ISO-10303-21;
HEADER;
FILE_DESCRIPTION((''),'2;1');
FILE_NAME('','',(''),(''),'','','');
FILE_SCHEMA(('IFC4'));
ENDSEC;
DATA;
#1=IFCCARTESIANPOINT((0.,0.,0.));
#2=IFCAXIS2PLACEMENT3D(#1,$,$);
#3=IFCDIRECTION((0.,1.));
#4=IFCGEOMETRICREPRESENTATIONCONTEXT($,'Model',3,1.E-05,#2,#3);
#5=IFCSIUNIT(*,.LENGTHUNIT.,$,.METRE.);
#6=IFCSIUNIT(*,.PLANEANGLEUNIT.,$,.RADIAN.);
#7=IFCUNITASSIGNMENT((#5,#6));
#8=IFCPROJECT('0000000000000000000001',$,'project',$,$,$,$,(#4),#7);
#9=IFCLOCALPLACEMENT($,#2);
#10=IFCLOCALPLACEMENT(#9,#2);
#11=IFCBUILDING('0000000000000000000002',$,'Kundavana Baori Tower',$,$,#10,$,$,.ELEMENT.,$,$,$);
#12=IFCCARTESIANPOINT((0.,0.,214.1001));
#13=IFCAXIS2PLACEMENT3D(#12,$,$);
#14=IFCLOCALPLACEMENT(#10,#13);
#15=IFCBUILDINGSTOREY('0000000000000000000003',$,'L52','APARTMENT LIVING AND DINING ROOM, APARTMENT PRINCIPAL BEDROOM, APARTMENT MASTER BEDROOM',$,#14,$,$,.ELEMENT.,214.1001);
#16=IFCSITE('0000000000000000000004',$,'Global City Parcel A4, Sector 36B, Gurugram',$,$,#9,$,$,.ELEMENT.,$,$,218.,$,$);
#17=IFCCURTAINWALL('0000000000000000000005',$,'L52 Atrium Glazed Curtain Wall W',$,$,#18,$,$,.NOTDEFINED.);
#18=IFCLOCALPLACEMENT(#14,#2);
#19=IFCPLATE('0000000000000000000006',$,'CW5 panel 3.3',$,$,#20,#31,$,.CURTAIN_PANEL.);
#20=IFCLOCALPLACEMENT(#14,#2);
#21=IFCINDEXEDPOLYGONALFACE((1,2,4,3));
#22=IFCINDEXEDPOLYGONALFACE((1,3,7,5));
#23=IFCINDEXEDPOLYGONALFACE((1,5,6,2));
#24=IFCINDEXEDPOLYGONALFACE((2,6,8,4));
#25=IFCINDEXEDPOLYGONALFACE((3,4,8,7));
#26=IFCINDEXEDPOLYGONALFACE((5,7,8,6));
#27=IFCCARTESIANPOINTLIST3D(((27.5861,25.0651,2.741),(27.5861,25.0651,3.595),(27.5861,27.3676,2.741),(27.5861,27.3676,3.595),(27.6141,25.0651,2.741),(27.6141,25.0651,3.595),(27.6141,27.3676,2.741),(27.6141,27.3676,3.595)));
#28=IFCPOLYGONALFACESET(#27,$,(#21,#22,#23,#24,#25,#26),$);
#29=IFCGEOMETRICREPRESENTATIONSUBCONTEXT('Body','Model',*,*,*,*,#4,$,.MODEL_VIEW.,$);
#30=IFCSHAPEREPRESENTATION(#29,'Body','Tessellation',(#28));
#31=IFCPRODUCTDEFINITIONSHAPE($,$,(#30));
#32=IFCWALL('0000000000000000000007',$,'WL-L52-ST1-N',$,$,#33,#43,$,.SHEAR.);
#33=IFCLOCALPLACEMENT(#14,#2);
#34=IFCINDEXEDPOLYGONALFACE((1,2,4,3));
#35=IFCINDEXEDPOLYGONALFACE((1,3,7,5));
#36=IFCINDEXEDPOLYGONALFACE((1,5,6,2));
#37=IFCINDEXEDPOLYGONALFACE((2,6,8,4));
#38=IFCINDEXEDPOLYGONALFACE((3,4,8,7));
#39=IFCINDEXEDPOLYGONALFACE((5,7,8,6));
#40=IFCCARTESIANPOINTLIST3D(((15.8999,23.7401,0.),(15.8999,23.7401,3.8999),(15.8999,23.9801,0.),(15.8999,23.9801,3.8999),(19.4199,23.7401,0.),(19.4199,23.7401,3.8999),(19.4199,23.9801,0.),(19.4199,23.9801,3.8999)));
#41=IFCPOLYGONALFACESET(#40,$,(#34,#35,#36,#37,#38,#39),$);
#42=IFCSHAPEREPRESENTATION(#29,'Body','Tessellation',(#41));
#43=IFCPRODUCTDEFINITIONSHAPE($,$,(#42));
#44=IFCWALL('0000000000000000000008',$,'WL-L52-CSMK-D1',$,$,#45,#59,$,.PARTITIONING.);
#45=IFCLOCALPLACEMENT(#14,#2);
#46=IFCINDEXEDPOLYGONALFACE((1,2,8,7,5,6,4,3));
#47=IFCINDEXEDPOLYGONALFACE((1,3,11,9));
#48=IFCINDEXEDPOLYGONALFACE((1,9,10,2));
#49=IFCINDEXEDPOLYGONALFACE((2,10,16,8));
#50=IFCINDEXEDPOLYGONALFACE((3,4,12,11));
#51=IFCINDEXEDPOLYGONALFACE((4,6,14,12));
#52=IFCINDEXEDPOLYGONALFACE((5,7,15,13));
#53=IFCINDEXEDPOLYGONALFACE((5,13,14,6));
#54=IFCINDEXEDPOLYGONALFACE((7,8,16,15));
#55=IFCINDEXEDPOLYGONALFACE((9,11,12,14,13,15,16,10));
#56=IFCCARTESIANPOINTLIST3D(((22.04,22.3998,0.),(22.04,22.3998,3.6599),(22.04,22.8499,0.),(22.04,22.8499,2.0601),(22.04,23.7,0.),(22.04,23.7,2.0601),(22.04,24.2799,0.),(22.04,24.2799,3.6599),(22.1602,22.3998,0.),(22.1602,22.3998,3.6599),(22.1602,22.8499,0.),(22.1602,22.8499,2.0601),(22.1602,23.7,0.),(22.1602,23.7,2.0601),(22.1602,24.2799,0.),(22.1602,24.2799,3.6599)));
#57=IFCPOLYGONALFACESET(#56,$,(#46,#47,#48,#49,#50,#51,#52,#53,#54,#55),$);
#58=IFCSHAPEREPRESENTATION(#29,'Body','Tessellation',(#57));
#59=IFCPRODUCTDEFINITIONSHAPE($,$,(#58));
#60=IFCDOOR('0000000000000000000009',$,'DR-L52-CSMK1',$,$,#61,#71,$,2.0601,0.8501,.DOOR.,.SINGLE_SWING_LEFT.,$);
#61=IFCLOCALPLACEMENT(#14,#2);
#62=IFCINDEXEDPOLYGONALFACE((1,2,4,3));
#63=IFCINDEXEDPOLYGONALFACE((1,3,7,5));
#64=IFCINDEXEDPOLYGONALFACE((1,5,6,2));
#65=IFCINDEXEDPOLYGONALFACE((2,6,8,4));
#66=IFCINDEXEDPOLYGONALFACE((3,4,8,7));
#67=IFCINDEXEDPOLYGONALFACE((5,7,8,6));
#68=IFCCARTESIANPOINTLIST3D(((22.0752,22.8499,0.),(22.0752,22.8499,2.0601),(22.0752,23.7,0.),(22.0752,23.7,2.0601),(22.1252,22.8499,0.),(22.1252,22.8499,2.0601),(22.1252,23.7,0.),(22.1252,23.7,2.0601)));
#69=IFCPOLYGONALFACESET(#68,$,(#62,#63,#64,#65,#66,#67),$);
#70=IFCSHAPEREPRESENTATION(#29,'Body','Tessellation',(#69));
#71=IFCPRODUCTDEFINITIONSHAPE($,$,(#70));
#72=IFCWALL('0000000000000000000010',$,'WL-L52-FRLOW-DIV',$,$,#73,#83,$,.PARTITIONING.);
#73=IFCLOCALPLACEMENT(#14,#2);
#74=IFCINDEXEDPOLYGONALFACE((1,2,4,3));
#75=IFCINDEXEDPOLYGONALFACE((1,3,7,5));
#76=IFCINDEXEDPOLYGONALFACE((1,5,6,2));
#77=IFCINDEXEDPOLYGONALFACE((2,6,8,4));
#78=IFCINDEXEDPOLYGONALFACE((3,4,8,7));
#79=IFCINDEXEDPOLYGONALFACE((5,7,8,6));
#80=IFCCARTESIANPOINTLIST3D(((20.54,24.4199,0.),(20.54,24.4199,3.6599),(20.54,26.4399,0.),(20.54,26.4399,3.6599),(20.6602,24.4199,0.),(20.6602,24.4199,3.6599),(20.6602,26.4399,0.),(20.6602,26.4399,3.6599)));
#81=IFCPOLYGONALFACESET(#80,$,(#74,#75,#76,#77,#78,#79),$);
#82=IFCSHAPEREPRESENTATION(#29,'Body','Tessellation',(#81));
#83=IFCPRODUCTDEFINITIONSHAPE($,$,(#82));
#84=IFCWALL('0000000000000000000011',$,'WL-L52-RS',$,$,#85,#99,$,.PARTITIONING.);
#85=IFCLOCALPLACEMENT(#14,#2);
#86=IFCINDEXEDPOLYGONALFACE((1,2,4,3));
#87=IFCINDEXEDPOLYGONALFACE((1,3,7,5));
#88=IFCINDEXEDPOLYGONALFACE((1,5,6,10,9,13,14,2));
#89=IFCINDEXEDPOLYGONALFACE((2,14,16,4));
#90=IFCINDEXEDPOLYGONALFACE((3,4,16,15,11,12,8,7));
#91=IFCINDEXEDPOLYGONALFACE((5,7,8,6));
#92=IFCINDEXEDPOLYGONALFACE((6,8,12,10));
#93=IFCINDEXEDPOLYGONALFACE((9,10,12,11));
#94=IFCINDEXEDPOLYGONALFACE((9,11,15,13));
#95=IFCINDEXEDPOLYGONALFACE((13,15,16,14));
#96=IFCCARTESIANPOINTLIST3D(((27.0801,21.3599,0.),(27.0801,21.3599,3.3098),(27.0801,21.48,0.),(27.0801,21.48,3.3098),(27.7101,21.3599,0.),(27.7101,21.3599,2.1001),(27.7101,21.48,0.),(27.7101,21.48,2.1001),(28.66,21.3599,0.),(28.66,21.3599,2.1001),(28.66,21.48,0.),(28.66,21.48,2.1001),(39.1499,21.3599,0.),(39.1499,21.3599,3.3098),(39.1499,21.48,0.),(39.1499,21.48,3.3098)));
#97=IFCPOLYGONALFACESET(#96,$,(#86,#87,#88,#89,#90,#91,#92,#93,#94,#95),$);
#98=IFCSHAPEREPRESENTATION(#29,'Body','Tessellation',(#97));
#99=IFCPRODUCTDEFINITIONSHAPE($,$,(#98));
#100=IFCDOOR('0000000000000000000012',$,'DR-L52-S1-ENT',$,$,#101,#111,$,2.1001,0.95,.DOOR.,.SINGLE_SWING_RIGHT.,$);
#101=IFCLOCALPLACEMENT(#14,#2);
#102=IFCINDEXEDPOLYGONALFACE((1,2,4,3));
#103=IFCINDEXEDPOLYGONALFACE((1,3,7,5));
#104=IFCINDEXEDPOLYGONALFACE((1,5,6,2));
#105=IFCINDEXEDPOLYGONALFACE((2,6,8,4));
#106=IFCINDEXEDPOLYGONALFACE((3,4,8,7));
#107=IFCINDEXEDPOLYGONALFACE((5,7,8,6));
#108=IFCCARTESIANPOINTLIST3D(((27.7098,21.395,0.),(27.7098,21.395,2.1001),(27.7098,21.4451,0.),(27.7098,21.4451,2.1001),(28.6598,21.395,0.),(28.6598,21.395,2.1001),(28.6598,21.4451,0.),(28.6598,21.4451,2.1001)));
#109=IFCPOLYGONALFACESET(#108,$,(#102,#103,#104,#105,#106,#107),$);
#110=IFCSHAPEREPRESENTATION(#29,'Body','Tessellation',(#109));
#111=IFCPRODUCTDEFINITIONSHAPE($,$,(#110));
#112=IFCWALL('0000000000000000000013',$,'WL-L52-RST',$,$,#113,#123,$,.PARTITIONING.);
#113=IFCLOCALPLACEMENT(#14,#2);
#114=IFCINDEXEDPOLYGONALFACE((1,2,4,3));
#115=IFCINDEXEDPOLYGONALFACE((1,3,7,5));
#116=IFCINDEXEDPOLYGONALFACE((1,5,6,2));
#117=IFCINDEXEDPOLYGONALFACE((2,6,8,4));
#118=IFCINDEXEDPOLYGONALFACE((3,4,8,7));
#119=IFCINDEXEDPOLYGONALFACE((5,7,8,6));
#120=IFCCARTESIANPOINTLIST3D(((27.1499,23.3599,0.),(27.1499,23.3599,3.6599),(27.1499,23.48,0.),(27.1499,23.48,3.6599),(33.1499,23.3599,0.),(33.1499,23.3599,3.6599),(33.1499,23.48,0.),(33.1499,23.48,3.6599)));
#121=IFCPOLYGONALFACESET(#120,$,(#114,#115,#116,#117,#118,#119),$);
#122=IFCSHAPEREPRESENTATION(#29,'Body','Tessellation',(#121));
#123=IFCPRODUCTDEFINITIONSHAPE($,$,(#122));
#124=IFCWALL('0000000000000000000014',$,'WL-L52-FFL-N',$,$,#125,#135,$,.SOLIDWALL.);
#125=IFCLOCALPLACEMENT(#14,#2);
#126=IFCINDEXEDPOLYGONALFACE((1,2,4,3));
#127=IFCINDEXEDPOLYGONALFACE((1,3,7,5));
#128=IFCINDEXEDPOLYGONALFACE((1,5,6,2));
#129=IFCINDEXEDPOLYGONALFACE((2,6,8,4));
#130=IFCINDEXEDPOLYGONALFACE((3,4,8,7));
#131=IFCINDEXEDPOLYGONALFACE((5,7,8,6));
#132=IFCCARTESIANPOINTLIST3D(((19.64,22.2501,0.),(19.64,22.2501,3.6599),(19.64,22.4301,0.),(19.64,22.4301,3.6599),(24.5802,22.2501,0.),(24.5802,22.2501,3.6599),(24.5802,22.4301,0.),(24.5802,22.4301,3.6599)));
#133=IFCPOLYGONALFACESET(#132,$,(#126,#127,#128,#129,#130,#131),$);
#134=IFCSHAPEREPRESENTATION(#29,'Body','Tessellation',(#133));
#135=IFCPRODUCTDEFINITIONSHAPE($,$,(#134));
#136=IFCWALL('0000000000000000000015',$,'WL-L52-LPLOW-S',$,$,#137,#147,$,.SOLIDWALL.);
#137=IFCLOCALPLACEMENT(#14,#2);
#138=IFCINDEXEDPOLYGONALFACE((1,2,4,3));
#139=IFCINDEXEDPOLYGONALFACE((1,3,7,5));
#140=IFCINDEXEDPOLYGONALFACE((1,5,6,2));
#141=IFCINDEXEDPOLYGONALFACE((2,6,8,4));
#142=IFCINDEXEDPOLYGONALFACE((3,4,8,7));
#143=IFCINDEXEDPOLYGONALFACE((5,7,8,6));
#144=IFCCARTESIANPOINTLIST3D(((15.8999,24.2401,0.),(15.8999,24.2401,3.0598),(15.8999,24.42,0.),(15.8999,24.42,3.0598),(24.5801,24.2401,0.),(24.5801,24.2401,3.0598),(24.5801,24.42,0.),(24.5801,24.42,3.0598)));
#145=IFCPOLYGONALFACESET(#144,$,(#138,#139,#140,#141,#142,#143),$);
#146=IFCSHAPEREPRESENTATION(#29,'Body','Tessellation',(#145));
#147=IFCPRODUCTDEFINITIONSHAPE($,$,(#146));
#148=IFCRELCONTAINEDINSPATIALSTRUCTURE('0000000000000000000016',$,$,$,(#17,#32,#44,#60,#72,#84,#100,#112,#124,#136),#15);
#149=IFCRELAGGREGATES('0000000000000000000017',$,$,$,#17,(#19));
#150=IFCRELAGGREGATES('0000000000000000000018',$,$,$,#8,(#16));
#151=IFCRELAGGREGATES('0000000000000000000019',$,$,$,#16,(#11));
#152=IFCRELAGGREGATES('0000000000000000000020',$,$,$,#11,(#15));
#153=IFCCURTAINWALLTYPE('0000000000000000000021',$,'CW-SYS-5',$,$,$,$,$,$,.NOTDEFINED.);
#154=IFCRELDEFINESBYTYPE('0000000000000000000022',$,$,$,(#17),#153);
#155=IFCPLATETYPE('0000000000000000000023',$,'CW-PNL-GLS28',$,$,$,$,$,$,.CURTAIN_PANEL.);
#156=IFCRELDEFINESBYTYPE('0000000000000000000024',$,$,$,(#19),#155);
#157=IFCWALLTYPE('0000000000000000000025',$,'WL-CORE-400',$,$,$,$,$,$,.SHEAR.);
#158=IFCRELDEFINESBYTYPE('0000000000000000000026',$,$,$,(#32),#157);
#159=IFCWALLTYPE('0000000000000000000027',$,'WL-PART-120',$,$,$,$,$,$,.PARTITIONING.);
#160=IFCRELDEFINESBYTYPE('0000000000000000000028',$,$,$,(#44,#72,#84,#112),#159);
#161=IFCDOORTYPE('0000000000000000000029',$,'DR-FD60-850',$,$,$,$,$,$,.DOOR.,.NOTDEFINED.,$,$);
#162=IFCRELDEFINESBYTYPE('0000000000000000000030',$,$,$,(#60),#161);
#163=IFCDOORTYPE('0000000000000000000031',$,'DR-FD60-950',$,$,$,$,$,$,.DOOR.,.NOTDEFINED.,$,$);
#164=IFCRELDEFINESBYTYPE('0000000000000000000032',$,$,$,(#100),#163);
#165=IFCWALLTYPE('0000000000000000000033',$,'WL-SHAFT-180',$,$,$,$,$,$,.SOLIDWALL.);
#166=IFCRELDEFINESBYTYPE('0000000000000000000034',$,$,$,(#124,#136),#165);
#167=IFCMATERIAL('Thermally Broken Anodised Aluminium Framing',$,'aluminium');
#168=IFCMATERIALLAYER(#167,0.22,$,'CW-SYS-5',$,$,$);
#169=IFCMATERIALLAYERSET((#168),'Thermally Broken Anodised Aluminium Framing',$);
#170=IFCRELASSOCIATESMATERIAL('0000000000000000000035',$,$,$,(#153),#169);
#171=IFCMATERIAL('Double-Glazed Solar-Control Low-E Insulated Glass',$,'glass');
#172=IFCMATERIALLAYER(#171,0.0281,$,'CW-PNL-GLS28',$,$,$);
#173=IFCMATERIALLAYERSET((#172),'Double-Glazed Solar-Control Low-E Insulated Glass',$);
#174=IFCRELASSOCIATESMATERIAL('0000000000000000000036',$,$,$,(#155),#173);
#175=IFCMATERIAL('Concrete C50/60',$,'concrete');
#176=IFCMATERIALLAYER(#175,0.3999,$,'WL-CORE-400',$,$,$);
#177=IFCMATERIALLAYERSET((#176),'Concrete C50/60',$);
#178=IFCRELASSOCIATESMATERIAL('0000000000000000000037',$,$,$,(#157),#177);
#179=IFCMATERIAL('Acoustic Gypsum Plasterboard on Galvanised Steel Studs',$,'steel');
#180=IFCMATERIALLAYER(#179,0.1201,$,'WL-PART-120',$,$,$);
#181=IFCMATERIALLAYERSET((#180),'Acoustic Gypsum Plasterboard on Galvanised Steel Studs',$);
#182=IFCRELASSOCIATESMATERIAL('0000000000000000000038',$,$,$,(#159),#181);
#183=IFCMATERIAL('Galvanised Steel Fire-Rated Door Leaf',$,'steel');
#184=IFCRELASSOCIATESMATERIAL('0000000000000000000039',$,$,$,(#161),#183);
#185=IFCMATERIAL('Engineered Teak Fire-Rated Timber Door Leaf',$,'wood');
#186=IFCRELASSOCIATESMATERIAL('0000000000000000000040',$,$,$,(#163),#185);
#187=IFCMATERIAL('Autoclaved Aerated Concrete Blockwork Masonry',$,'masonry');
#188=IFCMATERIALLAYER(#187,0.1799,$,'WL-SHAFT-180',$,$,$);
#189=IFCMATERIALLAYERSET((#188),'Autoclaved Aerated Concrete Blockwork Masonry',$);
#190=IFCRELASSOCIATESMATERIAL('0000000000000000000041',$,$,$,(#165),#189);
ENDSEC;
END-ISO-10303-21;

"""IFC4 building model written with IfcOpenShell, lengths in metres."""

from ifc_helpers import new_model, si_unit, direction, frame, frame_2d, origin, origin_2d, place, context, subcontext, project, spatial, rectangle, extrude, material, layer, layer_set, type_object, element, fill, aggregate, save


model = new_model("IFC4")

# Units and contexts
model_context = context("Model", 3, precision=1e-05, world=origin(), true_north=direction((0.0, 1.0)))
body_context = subcontext(model_context, "Body", "Model", "MODEL_VIEW")
ifc_project = project(units=[si_unit("LENGTHUNIT", "METRE"), si_unit("PLANEANGLEUNIT", "RADIAN")], contexts=[model_context])

# Site, building, storey
site_placement = place(None, origin())
site = spatial("IfcSite", under=ifc_project, at=site_placement, Name="Global City Parcel A4, Sector 36B, Gurugram", CompositionType="ELEMENT", RefElevation=218.0)
building_placement = place(site_placement, origin())
building = spatial("IfcBuilding", under=site, at=building_placement, Name="Kundavana Baori Tower", CompositionType="ELEMENT")
storey_placement = place(building_placement, frame((0.0, 0.0, 214.1001)))
storey = spatial("IfcBuildingStorey", under=building, at=storey_placement, Name="L52", Description="APARTMENT LIVING AND DINING ROOM, APARTMENT PRINCIPAL BEDROOM, APARTMENT MASTER BEDROOM", CompositionType="ELEMENT", Elevation=214.1001)

# Curtain wall, plate
ifc_material_1 = material(Name="Thermally Broken Anodised Aluminium Framing", Category="aluminium")
ifc_layer_1 = layer(ifc_material_1, 0.22, Name="CW-SYS-5")
ifc_layer_set_1 = layer_set([ifc_layer_1], Name="Thermally Broken Anodised Aluminium Framing")
curtain_wall_type = type_object("IfcCurtainWallType", Name="CW-SYS-5", PredefinedType="NOTDEFINED", material=ifc_layer_set_1)
curtain_wall_placement = place(storey_placement, origin())
curtain_wall = element("IfcCurtainWall", 1, at=curtain_wall_placement, inside=storey, type_object=curtain_wall_type, Name="L52 Atrium Glazed Curtain Wall W", PredefinedType="NOTDEFINED")
ifc_material_2 = material(Name="Double-Glazed Solar-Control Low-E Insulated Glass", Category="glass")
ifc_layer_2 = layer(ifc_material_2, 0.0281, Name="CW-PNL-GLS28")
ifc_layer_set_2 = layer_set([ifc_layer_2], Name="Double-Glazed Solar-Control Low-E Insulated Glass")
plate_type = type_object("IfcPlateType", Name="CW-PNL-GLS28", PredefinedType="CURTAIN_PANEL", material=ifc_layer_set_2)
plate_1_placement = place(storey_placement, frame((27.6001, 26.2163, 2.741), z_axis=(0.0, 0.0, 1.0), x_axis=(0.0, -1.0, 0.0)))
plate_1 = element("IfcPlate", 2, at=plate_1_placement, type_object=plate_type, Name="CW5 panel 3.3", PredefinedType="CURTAIN_PANEL", context=body_context, shape_type="SweptSolid", body=[
    extrude(rectangle(XDim=2.3025, YDim=0.0281, at=origin_2d()), origin(), (0.0, 0.0, 1.0), 0.854),
])
aggregate(curtain_wall, [plate_1])

# Wall
ifc_material_3 = material(Name="Concrete C50/60", Category="concrete")
ifc_layer_3 = layer(ifc_material_3, 0.3999, Name="WL-CORE-400")
ifc_layer_set_3 = layer_set([ifc_layer_3], Name="Concrete C50/60")
wall_type_1 = type_object("IfcWallType", Name="WL-CORE-400", PredefinedType="SHEAR", material=ifc_layer_set_3)
wall_1_placement = place(storey_placement, frame((15.8999, 23.8601, 0.0), z_axis=(0.0, 0.0, 1.0), x_axis=(1.0, 0.0, 0.0)))
element("IfcWall", 3, at=wall_1_placement, inside=storey, type_object=wall_type_1, Name="WL-L52-ST1-N", PredefinedType="SHEAR", context=body_context, shape_type="SweptSolid", body=[
    extrude(rectangle(XDim=3.52, YDim=0.24, at=frame_2d((1.76, 0.0))), origin(), (0.0, 0.0, 1.0), 3.8999),
])

# Wall, opening, door
ifc_material_4 = material(Name="Acoustic Gypsum Plasterboard on Galvanised Steel Studs", Category="steel")
ifc_layer_4 = layer(ifc_material_4, 0.1201, Name="WL-PART-120")
ifc_layer_set_4 = layer_set([ifc_layer_4], Name="Acoustic Gypsum Plasterboard on Galvanised Steel Studs")
wall_type_2 = type_object("IfcWallType", Name="WL-PART-120", PredefinedType="PARTITIONING", material=ifc_layer_set_4)
wall_2_placement = place(storey_placement, frame((22.1001, 22.3999, 0.0), z_axis=(0.0, 0.0, 1.0), x_axis=(0.0, 1.0, 0.0)))
wall_2 = element("IfcWall", 4, at=wall_2_placement, inside=storey, type_object=wall_type_2, Name="WL-L52-CSMK-D1", PredefinedType="PARTITIONING", context=body_context, shape_type="SweptSolid", body=[
    extrude(rectangle(XDim=1.8801, YDim=0.1201, at=frame_2d((0.9399, 0.0))), origin(), (0.0, 0.0, 1.0), 3.6599),
])
opening_1_placement = place(wall_2_placement, frame((0.45, 0.0, 0.0)))
opening_1 = element("IfcOpeningElement", 5, at=opening_1_placement, cuts=wall_2, PredefinedType="OPENING", context=body_context, shape_type="SweptSolid", body=[
    extrude(rectangle(XDim=0.8501, YDim=2.0601, at=frame_2d((0.425, 1.03))), frame((0.0, 0.0701, 0.0), z_axis=(0.0, -1.0, 0.0), x_axis=(1.0, 0.0, 0.0)), (0.0, 0.0, 1.0), 0.1401),
])
ifc_material_5 = material(Name="Galvanised Steel Fire-Rated Door Leaf", Category="steel")
door_type_1 = type_object("IfcDoorType", Name="DR-FD60-850", OperationType="NOTDEFINED", PredefinedType="DOOR", material=ifc_material_5)
door_1_placement = place(opening_1_placement, origin())
door_1 = element("IfcDoor", 6, at=door_1_placement, inside=storey, type_object=door_type_1, Name="DR-L52-CSMK1", OperationType="SINGLE_SWING_LEFT", OverallHeight=2.0601, OverallWidth=0.8501, PredefinedType="DOOR", context=body_context, shape_type="SweptSolid", body=[
    extrude(rectangle(XDim=0.8501, YDim=2.0601, at=frame_2d((0.425, 1.03))), frame((0.0, 0.0249, 0.0), z_axis=(0.0, -1.0, 0.0), x_axis=(1.0, 0.0, 0.0)), (0.0, 0.0, 1.0), 0.05),
])
fill(opening_1, door_1)

# Wall
wall_3_placement = place(storey_placement, frame((20.6001, 24.4199, 0.0), z_axis=(0.0, 0.0, 1.0), x_axis=(0.0, 1.0, 0.0)))
element("IfcWall", 7, at=wall_3_placement, inside=storey, type_object=wall_type_2, Name="WL-L52-FRLOW-DIV", PredefinedType="PARTITIONING", context=body_context, shape_type="SweptSolid", body=[
    extrude(rectangle(XDim=2.02, YDim=0.1201, at=frame_2d((1.01, 0.0))), origin(), (0.0, 0.0, 1.0), 3.6599),
])

# Wall, opening, door
wall_4_placement = place(storey_placement, frame((27.0801, 21.4199, 0.0), z_axis=(0.0, 0.0, 1.0), x_axis=(1.0, 0.0, 0.0)))
wall_4 = element("IfcWall", 8, at=wall_4_placement, inside=storey, type_object=wall_type_2, Name="WL-L52-RS", PredefinedType="PARTITIONING", context=body_context, shape_type="SweptSolid", body=[
    extrude(rectangle(XDim=12.0698, YDim=0.1201, at=frame_2d((6.0349, 0.0))), origin(), (0.0, 0.0, 1.0), 3.3098),
])
opening_2_placement = place(wall_4_placement, frame((0.6299, 0.0, 0.0)))
opening_2 = element("IfcOpeningElement", 9, at=opening_2_placement, cuts=wall_4, PredefinedType="OPENING", context=body_context, shape_type="SweptSolid", body=[
    extrude(rectangle(XDim=0.95, YDim=2.1001, at=frame_2d((0.4751, 1.05))), frame((0.0, 0.0701, 0.0), z_axis=(0.0, -1.0, 0.0), x_axis=(1.0, 0.0, 0.0)), (0.0, 0.0, 1.0), 0.1401),
])
ifc_material_6 = material(Name="Engineered Teak Fire-Rated Timber Door Leaf", Category="wood")
door_type_2 = type_object("IfcDoorType", Name="DR-FD60-950", OperationType="NOTDEFINED", PredefinedType="DOOR", material=ifc_material_6)
door_2_placement = place(opening_2_placement, frame((0.95, 0.0, 0.0), z_axis=(0.0, 0.0, 1.0), x_axis=(-1.0, 0.0, 0.0)))
door_2 = element("IfcDoor", 10, at=door_2_placement, inside=storey, type_object=door_type_2, Name="DR-L52-S1-ENT", OperationType="SINGLE_SWING_RIGHT", OverallHeight=2.1001, OverallWidth=0.95, PredefinedType="DOOR", context=body_context, shape_type="SweptSolid", body=[
    extrude(rectangle(XDim=0.95, YDim=2.1001, at=frame_2d((0.4751, 1.05))), frame((0.0, 0.0249, 0.0), z_axis=(0.0, -1.0, 0.0), x_axis=(1.0, 0.0, 0.0)), (0.0, 0.0, 1.0), 0.05),
])
fill(opening_2, door_2)

# Walls
wall_5_placement = place(storey_placement, frame((27.1499, 23.4199, 0.0), z_axis=(0.0, 0.0, 1.0), x_axis=(1.0, 0.0, 0.0)))
element("IfcWall", 11, at=wall_5_placement, inside=storey, type_object=wall_type_2, Name="WL-L52-RST", PredefinedType="PARTITIONING", context=body_context, shape_type="SweptSolid", body=[
    extrude(rectangle(XDim=6.0, YDim=0.1201, at=frame_2d((3.0, 0.0))), origin(), (0.0, 0.0, 1.0), 3.6599),
])
ifc_material_7 = material(Name="Autoclaved Aerated Concrete Blockwork Masonry", Category="masonry")
ifc_layer_5 = layer(ifc_material_7, 0.1799, Name="WL-SHAFT-180")
ifc_layer_set_5 = layer_set([ifc_layer_5], Name="Autoclaved Aerated Concrete Blockwork Masonry")
wall_type_3 = type_object("IfcWallType", Name="WL-SHAFT-180", PredefinedType="SOLIDWALL", material=ifc_layer_set_5)
wall_6_placement = place(storey_placement, frame((19.6399, 22.3401, 0.0), z_axis=(0.0, 0.0, 1.0), x_axis=(1.0, 0.0, 0.0)))
element("IfcWall", 12, at=wall_6_placement, inside=storey, type_object=wall_type_3, Name="WL-L52-FFL-N", PredefinedType="SOLIDWALL", context=body_context, shape_type="SweptSolid", body=[
    extrude(rectangle(XDim=4.9402, YDim=0.1799, at=frame_2d((2.4702, 0.0))), origin(), (0.0, 0.0, 1.0), 3.6599),
])
wall_7_placement = place(storey_placement, frame((15.8999, 24.3301, 0.0), z_axis=(0.0, 0.0, 1.0), x_axis=(1.0, 0.0, 0.0)))
element("IfcWall", 13, at=wall_7_placement, inside=storey, type_object=wall_type_3, Name="WL-L52-LPLOW-S", PredefinedType="SOLIDWALL", context=body_context, shape_type="SweptSolid", body=[
    extrude(rectangle(XDim=8.6802, YDim=0.1799, at=frame_2d((4.3401, 0.0))), origin(), (0.0, 0.0, 1.0), 3.0598),
])

save(model, "model.ifc")
